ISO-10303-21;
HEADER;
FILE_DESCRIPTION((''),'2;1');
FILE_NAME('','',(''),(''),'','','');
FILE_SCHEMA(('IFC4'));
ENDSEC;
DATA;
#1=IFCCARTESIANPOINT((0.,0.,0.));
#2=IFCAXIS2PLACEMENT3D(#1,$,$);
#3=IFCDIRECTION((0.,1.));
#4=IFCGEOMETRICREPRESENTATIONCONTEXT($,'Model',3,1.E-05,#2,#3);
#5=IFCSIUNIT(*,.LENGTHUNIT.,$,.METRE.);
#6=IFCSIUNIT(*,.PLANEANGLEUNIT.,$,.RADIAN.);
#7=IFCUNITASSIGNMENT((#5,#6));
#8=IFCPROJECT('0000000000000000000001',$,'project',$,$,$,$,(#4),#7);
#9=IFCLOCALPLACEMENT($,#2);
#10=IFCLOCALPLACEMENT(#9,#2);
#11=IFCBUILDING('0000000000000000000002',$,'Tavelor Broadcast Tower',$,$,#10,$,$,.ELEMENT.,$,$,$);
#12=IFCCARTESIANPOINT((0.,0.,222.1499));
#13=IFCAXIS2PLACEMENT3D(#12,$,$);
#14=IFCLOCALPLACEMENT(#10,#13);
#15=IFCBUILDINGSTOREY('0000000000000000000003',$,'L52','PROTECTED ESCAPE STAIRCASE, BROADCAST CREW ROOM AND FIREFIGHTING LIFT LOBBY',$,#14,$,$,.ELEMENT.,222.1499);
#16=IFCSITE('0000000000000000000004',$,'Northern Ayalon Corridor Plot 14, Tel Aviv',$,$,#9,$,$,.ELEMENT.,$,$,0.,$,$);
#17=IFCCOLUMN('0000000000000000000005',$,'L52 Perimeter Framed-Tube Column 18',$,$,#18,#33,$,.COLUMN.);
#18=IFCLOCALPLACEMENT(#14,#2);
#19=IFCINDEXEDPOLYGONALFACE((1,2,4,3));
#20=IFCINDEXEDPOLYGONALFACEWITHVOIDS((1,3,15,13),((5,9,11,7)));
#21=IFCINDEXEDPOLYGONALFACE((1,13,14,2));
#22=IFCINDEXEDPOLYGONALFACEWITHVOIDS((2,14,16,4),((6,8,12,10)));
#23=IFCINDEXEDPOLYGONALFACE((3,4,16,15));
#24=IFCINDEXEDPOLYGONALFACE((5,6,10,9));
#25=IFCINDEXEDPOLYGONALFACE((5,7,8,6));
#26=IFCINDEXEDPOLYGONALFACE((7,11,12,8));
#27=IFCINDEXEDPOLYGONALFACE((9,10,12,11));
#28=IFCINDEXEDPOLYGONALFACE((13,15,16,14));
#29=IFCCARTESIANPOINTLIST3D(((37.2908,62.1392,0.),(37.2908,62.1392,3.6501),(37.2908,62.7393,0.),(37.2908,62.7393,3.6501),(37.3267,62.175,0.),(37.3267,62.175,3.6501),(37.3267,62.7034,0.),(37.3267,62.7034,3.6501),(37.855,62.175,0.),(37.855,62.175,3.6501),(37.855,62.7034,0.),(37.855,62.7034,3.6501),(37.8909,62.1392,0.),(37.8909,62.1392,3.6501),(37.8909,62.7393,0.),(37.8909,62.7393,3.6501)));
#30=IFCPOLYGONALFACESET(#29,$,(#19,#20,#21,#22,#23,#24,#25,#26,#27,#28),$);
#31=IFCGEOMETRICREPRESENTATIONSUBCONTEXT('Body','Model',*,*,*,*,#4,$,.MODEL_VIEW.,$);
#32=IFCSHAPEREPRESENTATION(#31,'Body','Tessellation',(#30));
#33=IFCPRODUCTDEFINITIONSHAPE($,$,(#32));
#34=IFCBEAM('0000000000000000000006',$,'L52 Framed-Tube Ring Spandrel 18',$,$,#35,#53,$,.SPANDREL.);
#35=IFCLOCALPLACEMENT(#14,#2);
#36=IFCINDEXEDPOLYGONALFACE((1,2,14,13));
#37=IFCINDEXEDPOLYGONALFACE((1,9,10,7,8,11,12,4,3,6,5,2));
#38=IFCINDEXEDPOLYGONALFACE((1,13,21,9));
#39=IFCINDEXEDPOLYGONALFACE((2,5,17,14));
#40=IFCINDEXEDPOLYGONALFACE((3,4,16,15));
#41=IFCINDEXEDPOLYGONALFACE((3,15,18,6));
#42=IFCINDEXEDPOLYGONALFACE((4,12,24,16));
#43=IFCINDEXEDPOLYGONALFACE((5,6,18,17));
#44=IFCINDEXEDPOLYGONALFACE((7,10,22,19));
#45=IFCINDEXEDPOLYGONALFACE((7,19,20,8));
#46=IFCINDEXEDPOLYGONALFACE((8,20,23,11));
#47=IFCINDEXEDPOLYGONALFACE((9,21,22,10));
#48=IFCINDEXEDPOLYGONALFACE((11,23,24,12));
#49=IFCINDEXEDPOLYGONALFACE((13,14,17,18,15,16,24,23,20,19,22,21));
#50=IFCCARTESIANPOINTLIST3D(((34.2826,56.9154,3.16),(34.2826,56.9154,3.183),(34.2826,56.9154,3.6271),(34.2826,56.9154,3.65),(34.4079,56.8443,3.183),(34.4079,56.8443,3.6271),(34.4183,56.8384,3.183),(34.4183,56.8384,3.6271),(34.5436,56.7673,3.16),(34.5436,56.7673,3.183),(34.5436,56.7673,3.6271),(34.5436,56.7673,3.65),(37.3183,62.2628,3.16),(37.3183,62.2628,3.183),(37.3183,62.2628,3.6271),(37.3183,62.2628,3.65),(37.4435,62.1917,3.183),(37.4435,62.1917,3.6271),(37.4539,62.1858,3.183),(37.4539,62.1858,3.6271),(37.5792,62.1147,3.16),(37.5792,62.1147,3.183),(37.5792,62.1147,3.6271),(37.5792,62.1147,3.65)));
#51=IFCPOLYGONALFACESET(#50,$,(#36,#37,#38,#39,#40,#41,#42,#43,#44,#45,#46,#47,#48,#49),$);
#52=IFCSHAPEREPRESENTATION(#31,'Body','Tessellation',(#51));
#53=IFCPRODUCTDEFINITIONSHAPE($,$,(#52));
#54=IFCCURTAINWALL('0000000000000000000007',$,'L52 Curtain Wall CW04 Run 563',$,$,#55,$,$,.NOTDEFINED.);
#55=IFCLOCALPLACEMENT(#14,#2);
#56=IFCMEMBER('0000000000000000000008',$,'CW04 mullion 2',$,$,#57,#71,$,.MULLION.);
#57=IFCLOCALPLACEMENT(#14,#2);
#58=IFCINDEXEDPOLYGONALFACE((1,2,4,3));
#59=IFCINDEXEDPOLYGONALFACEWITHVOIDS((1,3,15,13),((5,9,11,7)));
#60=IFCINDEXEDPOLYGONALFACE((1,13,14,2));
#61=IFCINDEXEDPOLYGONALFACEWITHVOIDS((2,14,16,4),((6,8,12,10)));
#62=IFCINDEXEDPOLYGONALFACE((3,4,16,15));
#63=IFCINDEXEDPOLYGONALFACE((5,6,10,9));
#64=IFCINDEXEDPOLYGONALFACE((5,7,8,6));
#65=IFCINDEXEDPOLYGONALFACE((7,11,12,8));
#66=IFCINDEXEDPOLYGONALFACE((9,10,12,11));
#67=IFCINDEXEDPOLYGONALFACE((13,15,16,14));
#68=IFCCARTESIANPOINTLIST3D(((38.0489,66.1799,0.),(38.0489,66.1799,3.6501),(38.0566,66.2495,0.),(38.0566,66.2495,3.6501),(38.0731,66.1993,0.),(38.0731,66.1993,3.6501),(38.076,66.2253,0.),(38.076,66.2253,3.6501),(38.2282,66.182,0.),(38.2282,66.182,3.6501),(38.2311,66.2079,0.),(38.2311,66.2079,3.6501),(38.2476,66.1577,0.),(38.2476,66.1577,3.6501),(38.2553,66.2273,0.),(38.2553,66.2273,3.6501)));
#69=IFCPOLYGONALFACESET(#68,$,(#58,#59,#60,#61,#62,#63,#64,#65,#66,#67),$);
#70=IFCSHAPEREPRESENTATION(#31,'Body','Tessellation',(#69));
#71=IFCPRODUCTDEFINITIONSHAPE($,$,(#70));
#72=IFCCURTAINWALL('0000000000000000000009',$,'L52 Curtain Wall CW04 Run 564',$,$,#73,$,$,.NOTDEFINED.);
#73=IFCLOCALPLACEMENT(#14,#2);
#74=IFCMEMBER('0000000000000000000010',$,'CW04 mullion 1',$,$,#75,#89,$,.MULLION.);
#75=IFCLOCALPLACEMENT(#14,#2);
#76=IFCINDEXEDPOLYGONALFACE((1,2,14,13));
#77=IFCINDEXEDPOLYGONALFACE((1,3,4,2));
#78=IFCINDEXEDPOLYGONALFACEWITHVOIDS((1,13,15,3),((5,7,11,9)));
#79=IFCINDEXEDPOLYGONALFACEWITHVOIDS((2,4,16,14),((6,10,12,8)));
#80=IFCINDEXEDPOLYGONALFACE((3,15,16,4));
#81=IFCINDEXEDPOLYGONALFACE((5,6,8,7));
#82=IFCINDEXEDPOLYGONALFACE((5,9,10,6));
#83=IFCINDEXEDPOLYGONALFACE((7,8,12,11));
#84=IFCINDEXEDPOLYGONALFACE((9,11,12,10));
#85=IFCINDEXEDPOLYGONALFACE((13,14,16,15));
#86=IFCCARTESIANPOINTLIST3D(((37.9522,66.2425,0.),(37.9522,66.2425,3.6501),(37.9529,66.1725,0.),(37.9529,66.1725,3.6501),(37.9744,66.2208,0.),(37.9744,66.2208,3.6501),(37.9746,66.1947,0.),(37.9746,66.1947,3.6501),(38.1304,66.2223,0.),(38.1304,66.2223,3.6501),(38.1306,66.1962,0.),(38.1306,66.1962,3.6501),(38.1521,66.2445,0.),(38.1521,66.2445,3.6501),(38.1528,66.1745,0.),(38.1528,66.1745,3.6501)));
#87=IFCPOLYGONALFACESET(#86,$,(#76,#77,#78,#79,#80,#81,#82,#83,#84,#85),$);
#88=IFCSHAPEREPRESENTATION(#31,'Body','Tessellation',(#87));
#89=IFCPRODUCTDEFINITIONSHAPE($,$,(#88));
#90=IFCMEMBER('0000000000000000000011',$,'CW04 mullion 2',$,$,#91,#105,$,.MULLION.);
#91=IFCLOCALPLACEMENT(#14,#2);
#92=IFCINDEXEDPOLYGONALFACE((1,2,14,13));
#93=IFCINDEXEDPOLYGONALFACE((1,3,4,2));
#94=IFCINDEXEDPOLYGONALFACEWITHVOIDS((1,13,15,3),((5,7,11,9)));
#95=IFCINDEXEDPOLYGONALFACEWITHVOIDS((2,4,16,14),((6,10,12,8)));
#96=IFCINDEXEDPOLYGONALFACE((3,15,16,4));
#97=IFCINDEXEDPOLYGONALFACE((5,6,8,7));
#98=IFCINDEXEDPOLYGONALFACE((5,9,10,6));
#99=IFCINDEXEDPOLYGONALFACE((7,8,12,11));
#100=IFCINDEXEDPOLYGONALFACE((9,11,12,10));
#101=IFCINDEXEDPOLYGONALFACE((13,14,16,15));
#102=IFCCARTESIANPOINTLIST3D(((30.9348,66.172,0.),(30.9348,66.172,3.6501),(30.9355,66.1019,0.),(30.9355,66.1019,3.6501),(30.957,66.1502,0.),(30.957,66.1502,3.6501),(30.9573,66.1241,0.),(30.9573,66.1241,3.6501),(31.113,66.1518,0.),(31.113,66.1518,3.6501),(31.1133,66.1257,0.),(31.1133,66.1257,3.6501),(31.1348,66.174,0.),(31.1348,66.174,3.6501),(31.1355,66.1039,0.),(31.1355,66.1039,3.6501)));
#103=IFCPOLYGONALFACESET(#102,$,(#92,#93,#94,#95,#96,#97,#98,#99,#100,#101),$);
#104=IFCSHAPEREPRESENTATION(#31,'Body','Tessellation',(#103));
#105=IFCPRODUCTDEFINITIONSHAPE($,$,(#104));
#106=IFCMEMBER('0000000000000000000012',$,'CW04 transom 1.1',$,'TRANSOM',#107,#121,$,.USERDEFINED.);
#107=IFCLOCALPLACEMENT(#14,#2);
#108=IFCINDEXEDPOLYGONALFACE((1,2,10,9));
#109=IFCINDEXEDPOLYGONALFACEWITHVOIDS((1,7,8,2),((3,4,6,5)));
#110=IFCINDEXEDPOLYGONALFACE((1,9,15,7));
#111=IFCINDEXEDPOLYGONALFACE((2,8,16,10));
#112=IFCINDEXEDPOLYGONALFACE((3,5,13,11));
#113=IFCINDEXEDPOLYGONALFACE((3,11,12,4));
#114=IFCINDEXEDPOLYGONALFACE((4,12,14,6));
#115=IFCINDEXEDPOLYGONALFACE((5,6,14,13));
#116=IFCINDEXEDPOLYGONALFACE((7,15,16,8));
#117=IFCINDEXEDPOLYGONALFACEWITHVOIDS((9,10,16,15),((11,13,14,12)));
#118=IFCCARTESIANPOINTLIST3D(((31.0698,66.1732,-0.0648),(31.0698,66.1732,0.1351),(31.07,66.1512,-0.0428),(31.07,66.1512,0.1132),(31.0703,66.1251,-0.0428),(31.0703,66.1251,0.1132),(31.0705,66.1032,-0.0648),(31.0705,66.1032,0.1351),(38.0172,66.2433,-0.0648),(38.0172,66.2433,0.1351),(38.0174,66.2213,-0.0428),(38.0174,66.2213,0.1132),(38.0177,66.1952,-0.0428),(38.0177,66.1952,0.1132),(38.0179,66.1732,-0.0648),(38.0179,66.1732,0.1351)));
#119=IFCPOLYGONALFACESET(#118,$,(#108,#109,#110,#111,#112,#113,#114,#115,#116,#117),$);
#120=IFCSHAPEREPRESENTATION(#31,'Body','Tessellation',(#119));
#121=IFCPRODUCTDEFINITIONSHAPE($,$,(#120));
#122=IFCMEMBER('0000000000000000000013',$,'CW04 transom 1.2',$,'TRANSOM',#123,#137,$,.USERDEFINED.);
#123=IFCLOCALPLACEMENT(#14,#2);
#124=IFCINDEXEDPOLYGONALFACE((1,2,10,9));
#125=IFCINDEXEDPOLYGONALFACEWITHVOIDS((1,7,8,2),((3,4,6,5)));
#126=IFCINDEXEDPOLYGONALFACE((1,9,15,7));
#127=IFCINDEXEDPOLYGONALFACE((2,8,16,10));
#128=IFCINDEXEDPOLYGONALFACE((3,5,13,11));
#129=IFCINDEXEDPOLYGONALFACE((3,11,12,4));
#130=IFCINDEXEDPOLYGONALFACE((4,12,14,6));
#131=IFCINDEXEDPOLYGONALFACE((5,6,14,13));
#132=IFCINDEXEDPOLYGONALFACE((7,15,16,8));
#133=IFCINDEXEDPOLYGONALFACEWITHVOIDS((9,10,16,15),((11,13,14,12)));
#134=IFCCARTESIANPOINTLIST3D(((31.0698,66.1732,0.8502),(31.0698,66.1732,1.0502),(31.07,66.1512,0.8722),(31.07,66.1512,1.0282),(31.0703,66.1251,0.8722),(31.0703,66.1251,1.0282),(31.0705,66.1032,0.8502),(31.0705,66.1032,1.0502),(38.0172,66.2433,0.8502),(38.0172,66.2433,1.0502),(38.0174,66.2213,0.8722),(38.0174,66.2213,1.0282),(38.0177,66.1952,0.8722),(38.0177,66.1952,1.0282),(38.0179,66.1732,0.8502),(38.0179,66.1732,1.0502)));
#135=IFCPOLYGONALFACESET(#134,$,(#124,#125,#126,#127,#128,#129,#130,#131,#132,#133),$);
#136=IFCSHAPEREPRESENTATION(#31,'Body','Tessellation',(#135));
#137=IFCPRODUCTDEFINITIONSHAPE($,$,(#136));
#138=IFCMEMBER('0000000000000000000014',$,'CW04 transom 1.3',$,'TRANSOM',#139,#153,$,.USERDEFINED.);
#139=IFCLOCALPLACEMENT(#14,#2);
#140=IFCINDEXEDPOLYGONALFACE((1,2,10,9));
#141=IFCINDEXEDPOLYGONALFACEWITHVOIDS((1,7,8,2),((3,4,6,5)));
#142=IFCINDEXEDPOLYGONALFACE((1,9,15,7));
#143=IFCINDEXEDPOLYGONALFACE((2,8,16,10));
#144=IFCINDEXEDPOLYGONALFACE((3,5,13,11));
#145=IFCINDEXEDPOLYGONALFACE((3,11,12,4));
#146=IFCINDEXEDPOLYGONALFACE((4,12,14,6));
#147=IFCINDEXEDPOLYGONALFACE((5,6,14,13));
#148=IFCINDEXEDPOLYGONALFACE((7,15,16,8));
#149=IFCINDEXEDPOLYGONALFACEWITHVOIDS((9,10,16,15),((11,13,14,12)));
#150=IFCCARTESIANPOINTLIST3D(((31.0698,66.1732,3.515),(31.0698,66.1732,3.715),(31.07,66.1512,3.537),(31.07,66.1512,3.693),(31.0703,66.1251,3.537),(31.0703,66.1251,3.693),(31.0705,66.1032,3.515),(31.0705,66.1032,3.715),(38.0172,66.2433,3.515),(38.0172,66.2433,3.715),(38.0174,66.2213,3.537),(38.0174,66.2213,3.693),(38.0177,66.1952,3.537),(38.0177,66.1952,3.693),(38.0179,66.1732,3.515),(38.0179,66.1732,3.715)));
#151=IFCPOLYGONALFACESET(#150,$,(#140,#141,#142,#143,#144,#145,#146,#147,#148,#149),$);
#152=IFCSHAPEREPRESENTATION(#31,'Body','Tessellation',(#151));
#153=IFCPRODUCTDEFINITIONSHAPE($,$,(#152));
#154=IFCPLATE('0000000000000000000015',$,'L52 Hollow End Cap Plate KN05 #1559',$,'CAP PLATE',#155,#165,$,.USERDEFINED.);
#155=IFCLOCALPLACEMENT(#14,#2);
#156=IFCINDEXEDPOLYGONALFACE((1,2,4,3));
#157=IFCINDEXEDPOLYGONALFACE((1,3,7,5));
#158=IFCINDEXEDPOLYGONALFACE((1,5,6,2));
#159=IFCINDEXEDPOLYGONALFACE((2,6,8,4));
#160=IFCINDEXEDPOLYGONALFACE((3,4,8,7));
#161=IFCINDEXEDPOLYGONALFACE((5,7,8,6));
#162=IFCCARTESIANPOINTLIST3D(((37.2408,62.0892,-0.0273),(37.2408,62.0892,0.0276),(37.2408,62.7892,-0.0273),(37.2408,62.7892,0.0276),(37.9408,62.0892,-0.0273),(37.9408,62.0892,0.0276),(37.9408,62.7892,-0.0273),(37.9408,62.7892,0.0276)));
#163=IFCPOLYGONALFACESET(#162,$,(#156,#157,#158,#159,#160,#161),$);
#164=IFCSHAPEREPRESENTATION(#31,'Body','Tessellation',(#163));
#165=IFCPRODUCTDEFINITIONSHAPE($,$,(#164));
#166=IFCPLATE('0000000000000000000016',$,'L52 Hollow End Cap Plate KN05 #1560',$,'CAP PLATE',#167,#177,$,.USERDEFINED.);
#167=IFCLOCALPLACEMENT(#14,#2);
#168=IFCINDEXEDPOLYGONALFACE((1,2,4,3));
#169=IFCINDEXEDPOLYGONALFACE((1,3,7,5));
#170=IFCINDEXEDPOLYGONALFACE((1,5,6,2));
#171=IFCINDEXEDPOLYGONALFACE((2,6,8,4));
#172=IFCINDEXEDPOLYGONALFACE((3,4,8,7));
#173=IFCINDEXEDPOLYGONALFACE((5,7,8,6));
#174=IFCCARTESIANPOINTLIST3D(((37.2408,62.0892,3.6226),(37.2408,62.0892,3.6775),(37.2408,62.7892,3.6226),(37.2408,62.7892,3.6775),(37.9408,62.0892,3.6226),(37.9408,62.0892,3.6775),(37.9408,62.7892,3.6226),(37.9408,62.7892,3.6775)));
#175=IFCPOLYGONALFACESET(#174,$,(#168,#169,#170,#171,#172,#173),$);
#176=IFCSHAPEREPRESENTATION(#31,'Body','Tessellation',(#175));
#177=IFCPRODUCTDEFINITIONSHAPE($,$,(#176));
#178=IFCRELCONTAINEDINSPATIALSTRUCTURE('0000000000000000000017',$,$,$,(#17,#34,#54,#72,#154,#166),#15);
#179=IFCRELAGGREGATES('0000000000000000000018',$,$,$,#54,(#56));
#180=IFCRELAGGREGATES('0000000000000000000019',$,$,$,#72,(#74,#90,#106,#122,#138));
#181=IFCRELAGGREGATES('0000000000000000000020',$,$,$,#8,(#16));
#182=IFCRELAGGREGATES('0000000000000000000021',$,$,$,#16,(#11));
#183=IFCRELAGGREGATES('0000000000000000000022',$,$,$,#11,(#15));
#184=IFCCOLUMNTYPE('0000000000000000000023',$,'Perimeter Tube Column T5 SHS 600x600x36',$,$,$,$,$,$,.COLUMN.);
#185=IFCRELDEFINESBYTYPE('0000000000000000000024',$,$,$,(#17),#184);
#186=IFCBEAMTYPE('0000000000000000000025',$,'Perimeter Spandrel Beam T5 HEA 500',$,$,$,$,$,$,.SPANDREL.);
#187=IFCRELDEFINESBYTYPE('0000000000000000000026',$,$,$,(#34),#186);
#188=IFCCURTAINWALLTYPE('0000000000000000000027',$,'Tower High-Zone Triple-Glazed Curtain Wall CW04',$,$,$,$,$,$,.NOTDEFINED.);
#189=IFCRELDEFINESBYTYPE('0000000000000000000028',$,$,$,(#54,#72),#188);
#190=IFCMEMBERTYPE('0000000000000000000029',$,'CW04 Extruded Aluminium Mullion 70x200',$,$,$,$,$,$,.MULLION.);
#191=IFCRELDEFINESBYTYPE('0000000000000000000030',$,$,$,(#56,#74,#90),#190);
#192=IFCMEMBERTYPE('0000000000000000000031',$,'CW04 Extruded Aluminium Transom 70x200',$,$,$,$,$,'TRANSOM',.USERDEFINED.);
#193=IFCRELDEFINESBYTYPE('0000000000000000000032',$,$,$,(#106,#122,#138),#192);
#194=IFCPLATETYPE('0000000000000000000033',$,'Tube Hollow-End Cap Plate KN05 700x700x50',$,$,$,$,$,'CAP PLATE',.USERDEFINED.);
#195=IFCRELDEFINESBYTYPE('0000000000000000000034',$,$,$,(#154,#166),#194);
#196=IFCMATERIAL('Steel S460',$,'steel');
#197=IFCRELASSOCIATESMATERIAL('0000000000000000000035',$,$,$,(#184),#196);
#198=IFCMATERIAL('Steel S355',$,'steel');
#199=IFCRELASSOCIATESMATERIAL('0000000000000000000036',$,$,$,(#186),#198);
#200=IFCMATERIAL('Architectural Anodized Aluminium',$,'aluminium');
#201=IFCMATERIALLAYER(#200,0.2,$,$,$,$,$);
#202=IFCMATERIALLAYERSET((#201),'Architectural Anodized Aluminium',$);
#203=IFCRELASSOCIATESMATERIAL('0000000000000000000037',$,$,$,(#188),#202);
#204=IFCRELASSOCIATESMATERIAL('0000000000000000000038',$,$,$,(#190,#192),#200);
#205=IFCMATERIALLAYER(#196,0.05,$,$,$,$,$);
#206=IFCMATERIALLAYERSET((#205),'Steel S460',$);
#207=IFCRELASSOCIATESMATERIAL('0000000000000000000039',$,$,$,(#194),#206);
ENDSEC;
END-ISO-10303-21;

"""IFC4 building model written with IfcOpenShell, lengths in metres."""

from ifc_helpers import new_model, si_unit, direction, frame, origin, origin_2d, place, context, subcontext, project, spatial, rectangle, hollow_rectangle, i_section, extrude, source, transform, mapped, material, layer, layer_set, material_profile, profile_set, type_object, type_shapes, element, aggregate, save


model = new_model("IFC4")

# Units and contexts
model_context = context("Model", 3, precision=1e-05, world=origin(), true_north=direction((0.0, 1.0)))
body_context = subcontext(model_context, "Body", "Model", "MODEL_VIEW")
ifc_project = project(units=[si_unit("LENGTHUNIT", "METRE"), si_unit("PLANEANGLEUNIT", "RADIAN")], contexts=[model_context])

# Site, building, storey
site_placement = place(None, origin())
site = spatial("IfcSite", under=ifc_project, at=site_placement, Name="Northern Ayalon Corridor Plot 14, Tel Aviv", CompositionType="ELEMENT", RefElevation=0.0)
building_placement = place(site_placement, origin())
building = spatial("IfcBuilding", under=site, at=building_placement, Name="Tavelor Broadcast Tower", CompositionType="ELEMENT")
storey_placement = place(building_placement, frame((0.0, 0.0, 222.1499)))
storey = spatial("IfcBuildingStorey", under=building, at=storey_placement, Name="L52", Description="PROTECTED ESCAPE STAIRCASE, BROADCAST CREW ROOM AND FIREFIGHTING LIFT LOBBY", CompositionType="ELEMENT", Elevation=222.1499)

# Column
ifc_material_1 = material(Name="Steel S460", Category="steel")
ifc_material_profile_1 = material_profile(ifc_material_1, hollow_rectangle(XDim=0.6001, YDim=0.6001, WallThickness=0.0359, at=origin_2d()), Name="SHS 600x600x36")
ifc_profile_set_1 = profile_set([ifc_material_profile_1], Name="Steel S460")
column_type = type_object("IfcColumnType", Name="Perimeter Tube Column T5 SHS 600x600x36", PredefinedType="COLUMN", material=ifc_profile_set_1)
column_placement = place(storey_placement, frame((37.5908, 62.4392, 0.0), z_axis=(0.0, 0.0, 1.0), x_axis=(1.0, 0.0, 0.0)))
element("IfcColumn", 1, at=column_placement, inside=storey, type_object=column_type, Name="L52 Perimeter Framed-Tube Column 18", PredefinedType="COLUMN", context=body_context, shape_type="SweptSolid", body=[
    extrude(hollow_rectangle(XDim=0.6001, YDim=0.6001, WallThickness=0.0359, at=origin_2d()), origin(), (0.0, 0.0, 1.0), 3.6501),
])

# Beam
ifc_material_2 = material(Name="Steel S355", Category="steel")
ifc_material_profile_2 = material_profile(ifc_material_2, i_section(OverallWidth=0.3, OverallDepth=0.49, WebThickness=0.012, FlangeThickness=0.0229, at=origin_2d()), Name="HEA 500")
ifc_profile_set_2 = profile_set([ifc_material_profile_2], Name="Steel S355")
beam_type = type_object("IfcBeamType", Name="Perimeter Spandrel Beam T5 HEA 500", PredefinedType="SPANDREL", material=ifc_profile_set_2)
beam_placement = place(storey_placement, frame((37.4487, 62.1887, 3.405), z_axis=(-0.493683, -0.869642, 0.0), x_axis=(0.869642, -0.493683, 0.0)))
element("IfcBeam", 2, at=beam_placement, inside=storey, type_object=beam_type, Name="L52 Framed-Tube Ring Spandrel 18", PredefinedType="SPANDREL", context=body_context, shape_type="SweptSolid", body=[
    extrude(i_section(OverallWidth=0.3, OverallDepth=0.49, WebThickness=0.012, FlangeThickness=0.0229, at=origin_2d()), origin(), (0.0, 0.0, 1.0), 6.1489),
])

# Curtain wall, member
ifc_material_3 = material(Name="Architectural Anodized Aluminium", Category="aluminium")
ifc_layer_1 = layer(ifc_material_3, 0.2)
ifc_layer_set_1 = layer_set([ifc_layer_1], Name="Architectural Anodized Aluminium")
curtain_wall_type = type_object("IfcCurtainWallType", Name="Tower High-Zone Triple-Glazed Curtain Wall CW04", PredefinedType="NOTDEFINED", material=ifc_layer_set_1)
curtain_wall_1_placement = place(storey_placement, origin())
curtain_wall_1 = element("IfcCurtainWall", 3, at=curtain_wall_1_placement, inside=storey, type_object=curtain_wall_type, Name="L52 Curtain Wall CW04 Run 563", PredefinedType="NOTDEFINED")
ifc_material_profile_3 = material_profile(ifc_material_3, hollow_rectangle(XDim=0.0701, YDim=0.2, WallThickness=0.022, at=origin_2d()), Name="RHS 70x200x22")
ifc_profile_set_3 = profile_set([ifc_material_profile_3], Name="Architectural Anodized Aluminium")
member_type_1 = type_object("IfcMemberType", Name="CW04 Extruded Aluminium Mullion 70x200", PredefinedType="MULLION", material=ifc_profile_set_3)
shared_shape_1 = source(origin(), body_context, "Body", "SweptSolid", [
    extrude(hollow_rectangle(XDim=0.0701, YDim=0.2, WallThickness=0.022, at=origin_2d()), origin(), (0.0, 0.0, 1.0), 3.6501),
])
type_shapes(member_type_1, [shared_shape_1])
member_1_placement = place(storey_placement, frame((38.1521, 66.2036, 0.0), z_axis=(0.0, 0.0, 1.0), x_axis=(-0.111017, -0.993819, 0.0)))
member_1 = element("IfcMember", 4, at=member_1_placement, type_object=member_type_1, Name="CW04 mullion 2", PredefinedType="MULLION", context=body_context, shape_type="MappedRepresentation", body=[
    mapped(shared_shape_1, transform((0.0, 0.0, 0.0), scale=1.0)),
])

# Curtain wall, members
curtain_wall_2_placement = place(storey_placement, origin())
curtain_wall_2 = element("IfcCurtainWall", 5, at=curtain_wall_2_placement, inside=storey, type_object=curtain_wall_type, Name="L52 Curtain Wall CW04 Run 564", PredefinedType="NOTDEFINED")
member_2_placement = place(storey_placement, frame((38.0525, 66.2085, 0.0), z_axis=(0.0, 0.0, 1.0), x_axis=(0.01006, -0.999949, 0.0)))
member_2 = element("IfcMember", 6, at=member_2_placement, type_object=member_type_1, Name="CW04 mullion 1", PredefinedType="MULLION", context=body_context, shape_type="MappedRepresentation", body=[
    mapped(shared_shape_1, transform((0.0, 0.0, 0.0), scale=1.0)),
])
member_3_placement = place(storey_placement, frame((31.0352, 66.1379, 0.0), z_axis=(0.0, 0.0, 1.0), x_axis=(0.01006, -0.999949, 0.0)))
member_3 = element("IfcMember", 7, at=member_3_placement, type_object=member_type_1, Name="CW04 mullion 2", PredefinedType="MULLION", context=body_context, shape_type="MappedRepresentation", body=[
    mapped(shared_shape_1, transform((0.0, 0.0, 0.0), scale=1.0)),
])
ifc_material_profile_4 = material_profile(ifc_material_3, hollow_rectangle(XDim=0.0701, YDim=0.2, WallThickness=0.022, at=origin_2d()), Name="RHS 70x200x22")
ifc_profile_set_4 = profile_set([ifc_material_profile_4], Name="Architectural Anodized Aluminium")
member_type_2 = type_object("IfcMemberType", Name="CW04 Extruded Aluminium Transom 70x200", ElementType="TRANSOM", PredefinedType="USERDEFINED", material=ifc_profile_set_4)
shared_shape_2 = source(origin(), body_context, "Body", "SweptSolid", [
    extrude(hollow_rectangle(XDim=0.0701, YDim=0.2, WallThickness=0.022, at=origin_2d()), origin(), (0.0, 0.0, 1.0), 6.9478),
])
type_shapes(member_type_2, [shared_shape_2])
member_4_placement = place(storey_placement, frame((38.0176, 66.2083, 0.0352), z_axis=(-0.999949, -0.010085, 0.0), x_axis=(0.010085, -0.999949, 0.0)))
member_4 = element("IfcMember", 8, at=member_4_placement, type_object=member_type_2, Name="CW04 transom 1.1", ObjectType="TRANSOM", PredefinedType="USERDEFINED", context=body_context, shape_type="MappedRepresentation", body=[
    mapped(shared_shape_2, transform((0.0, 0.0, 0.0), scale=1.0)),
])
member_5_placement = place(storey_placement, frame((38.0176, 66.2083, 0.9502), z_axis=(-0.999949, -0.010085, 0.0), x_axis=(0.010085, -0.999949, 0.0)))
member_5 = element("IfcMember", 9, at=member_5_placement, type_object=member_type_2, Name="CW04 transom 1.2", ObjectType="TRANSOM", PredefinedType="USERDEFINED", context=body_context, shape_type="MappedRepresentation", body=[
    mapped(shared_shape_2, transform((0.0, 0.0, 0.0), scale=1.0)),
])
member_6_placement = place(storey_placement, frame((38.0176, 66.2083, 3.615), z_axis=(-0.999949, -0.010085, 0.0), x_axis=(0.010085, -0.999949, 0.0)))
member_6 = element("IfcMember", 10, at=member_6_placement, type_object=member_type_2, Name="CW04 transom 1.3", ObjectType="TRANSOM", PredefinedType="USERDEFINED", context=body_context, shape_type="MappedRepresentation", body=[
    mapped(shared_shape_2, transform((0.0, 0.0, 0.0), scale=1.0)),
])

# Plates
ifc_layer_2 = layer(ifc_material_1, 0.05)
ifc_layer_set_2 = layer_set([ifc_layer_2], Name="Steel S460")
plate_type_1 = type_object("IfcPlateType", Name="Tube Hollow-End Cap Plate KN05 700x700x50", ElementType="CAP PLATE", PredefinedType="USERDEFINED", material=ifc_layer_set_2)
shared_shape_3 = source(origin(), body_context, "Body", "SweptSolid", [
    extrude(rectangle(XDim=0.7, YDim=0.7, at=origin_2d()), origin(), (0.0, 0.0, 1.0), 0.0549),
])
type_shapes(plate_type_1, [shared_shape_3])
for number, where, z_axis, x_axis, name in (
    (11, (37.5908, 62.4392, -0.0273), (0.0, 0.0, 1.0), (1.0, 0.0, 0.0), "L52 Hollow End Cap Plate KN05 #1559"),
    (12, (37.5908, 62.4392, 3.6226), (0.0, 0.0, 1.0), (1.0, 0.0, 0.0), "L52 Hollow End Cap Plate KN05 #1560"),
):
    element("IfcPlate", number, at=place(storey_placement, frame(where, z_axis=z_axis, x_axis=x_axis)), inside=storey, type_object=plate_type_1, Name=name, ObjectType="CAP PLATE", PredefinedType="USERDEFINED", context=body_context, shape_type="MappedRepresentation", body=[
        mapped(shared_shape_3, transform((0.0, 0.0, 0.0), scale=1.0)),
    ])

aggregate(curtain_wall_1, [member_1])
aggregate(curtain_wall_2, [member_2, member_3, member_4, member_5, member_6])

save(model, "model.ifc")
